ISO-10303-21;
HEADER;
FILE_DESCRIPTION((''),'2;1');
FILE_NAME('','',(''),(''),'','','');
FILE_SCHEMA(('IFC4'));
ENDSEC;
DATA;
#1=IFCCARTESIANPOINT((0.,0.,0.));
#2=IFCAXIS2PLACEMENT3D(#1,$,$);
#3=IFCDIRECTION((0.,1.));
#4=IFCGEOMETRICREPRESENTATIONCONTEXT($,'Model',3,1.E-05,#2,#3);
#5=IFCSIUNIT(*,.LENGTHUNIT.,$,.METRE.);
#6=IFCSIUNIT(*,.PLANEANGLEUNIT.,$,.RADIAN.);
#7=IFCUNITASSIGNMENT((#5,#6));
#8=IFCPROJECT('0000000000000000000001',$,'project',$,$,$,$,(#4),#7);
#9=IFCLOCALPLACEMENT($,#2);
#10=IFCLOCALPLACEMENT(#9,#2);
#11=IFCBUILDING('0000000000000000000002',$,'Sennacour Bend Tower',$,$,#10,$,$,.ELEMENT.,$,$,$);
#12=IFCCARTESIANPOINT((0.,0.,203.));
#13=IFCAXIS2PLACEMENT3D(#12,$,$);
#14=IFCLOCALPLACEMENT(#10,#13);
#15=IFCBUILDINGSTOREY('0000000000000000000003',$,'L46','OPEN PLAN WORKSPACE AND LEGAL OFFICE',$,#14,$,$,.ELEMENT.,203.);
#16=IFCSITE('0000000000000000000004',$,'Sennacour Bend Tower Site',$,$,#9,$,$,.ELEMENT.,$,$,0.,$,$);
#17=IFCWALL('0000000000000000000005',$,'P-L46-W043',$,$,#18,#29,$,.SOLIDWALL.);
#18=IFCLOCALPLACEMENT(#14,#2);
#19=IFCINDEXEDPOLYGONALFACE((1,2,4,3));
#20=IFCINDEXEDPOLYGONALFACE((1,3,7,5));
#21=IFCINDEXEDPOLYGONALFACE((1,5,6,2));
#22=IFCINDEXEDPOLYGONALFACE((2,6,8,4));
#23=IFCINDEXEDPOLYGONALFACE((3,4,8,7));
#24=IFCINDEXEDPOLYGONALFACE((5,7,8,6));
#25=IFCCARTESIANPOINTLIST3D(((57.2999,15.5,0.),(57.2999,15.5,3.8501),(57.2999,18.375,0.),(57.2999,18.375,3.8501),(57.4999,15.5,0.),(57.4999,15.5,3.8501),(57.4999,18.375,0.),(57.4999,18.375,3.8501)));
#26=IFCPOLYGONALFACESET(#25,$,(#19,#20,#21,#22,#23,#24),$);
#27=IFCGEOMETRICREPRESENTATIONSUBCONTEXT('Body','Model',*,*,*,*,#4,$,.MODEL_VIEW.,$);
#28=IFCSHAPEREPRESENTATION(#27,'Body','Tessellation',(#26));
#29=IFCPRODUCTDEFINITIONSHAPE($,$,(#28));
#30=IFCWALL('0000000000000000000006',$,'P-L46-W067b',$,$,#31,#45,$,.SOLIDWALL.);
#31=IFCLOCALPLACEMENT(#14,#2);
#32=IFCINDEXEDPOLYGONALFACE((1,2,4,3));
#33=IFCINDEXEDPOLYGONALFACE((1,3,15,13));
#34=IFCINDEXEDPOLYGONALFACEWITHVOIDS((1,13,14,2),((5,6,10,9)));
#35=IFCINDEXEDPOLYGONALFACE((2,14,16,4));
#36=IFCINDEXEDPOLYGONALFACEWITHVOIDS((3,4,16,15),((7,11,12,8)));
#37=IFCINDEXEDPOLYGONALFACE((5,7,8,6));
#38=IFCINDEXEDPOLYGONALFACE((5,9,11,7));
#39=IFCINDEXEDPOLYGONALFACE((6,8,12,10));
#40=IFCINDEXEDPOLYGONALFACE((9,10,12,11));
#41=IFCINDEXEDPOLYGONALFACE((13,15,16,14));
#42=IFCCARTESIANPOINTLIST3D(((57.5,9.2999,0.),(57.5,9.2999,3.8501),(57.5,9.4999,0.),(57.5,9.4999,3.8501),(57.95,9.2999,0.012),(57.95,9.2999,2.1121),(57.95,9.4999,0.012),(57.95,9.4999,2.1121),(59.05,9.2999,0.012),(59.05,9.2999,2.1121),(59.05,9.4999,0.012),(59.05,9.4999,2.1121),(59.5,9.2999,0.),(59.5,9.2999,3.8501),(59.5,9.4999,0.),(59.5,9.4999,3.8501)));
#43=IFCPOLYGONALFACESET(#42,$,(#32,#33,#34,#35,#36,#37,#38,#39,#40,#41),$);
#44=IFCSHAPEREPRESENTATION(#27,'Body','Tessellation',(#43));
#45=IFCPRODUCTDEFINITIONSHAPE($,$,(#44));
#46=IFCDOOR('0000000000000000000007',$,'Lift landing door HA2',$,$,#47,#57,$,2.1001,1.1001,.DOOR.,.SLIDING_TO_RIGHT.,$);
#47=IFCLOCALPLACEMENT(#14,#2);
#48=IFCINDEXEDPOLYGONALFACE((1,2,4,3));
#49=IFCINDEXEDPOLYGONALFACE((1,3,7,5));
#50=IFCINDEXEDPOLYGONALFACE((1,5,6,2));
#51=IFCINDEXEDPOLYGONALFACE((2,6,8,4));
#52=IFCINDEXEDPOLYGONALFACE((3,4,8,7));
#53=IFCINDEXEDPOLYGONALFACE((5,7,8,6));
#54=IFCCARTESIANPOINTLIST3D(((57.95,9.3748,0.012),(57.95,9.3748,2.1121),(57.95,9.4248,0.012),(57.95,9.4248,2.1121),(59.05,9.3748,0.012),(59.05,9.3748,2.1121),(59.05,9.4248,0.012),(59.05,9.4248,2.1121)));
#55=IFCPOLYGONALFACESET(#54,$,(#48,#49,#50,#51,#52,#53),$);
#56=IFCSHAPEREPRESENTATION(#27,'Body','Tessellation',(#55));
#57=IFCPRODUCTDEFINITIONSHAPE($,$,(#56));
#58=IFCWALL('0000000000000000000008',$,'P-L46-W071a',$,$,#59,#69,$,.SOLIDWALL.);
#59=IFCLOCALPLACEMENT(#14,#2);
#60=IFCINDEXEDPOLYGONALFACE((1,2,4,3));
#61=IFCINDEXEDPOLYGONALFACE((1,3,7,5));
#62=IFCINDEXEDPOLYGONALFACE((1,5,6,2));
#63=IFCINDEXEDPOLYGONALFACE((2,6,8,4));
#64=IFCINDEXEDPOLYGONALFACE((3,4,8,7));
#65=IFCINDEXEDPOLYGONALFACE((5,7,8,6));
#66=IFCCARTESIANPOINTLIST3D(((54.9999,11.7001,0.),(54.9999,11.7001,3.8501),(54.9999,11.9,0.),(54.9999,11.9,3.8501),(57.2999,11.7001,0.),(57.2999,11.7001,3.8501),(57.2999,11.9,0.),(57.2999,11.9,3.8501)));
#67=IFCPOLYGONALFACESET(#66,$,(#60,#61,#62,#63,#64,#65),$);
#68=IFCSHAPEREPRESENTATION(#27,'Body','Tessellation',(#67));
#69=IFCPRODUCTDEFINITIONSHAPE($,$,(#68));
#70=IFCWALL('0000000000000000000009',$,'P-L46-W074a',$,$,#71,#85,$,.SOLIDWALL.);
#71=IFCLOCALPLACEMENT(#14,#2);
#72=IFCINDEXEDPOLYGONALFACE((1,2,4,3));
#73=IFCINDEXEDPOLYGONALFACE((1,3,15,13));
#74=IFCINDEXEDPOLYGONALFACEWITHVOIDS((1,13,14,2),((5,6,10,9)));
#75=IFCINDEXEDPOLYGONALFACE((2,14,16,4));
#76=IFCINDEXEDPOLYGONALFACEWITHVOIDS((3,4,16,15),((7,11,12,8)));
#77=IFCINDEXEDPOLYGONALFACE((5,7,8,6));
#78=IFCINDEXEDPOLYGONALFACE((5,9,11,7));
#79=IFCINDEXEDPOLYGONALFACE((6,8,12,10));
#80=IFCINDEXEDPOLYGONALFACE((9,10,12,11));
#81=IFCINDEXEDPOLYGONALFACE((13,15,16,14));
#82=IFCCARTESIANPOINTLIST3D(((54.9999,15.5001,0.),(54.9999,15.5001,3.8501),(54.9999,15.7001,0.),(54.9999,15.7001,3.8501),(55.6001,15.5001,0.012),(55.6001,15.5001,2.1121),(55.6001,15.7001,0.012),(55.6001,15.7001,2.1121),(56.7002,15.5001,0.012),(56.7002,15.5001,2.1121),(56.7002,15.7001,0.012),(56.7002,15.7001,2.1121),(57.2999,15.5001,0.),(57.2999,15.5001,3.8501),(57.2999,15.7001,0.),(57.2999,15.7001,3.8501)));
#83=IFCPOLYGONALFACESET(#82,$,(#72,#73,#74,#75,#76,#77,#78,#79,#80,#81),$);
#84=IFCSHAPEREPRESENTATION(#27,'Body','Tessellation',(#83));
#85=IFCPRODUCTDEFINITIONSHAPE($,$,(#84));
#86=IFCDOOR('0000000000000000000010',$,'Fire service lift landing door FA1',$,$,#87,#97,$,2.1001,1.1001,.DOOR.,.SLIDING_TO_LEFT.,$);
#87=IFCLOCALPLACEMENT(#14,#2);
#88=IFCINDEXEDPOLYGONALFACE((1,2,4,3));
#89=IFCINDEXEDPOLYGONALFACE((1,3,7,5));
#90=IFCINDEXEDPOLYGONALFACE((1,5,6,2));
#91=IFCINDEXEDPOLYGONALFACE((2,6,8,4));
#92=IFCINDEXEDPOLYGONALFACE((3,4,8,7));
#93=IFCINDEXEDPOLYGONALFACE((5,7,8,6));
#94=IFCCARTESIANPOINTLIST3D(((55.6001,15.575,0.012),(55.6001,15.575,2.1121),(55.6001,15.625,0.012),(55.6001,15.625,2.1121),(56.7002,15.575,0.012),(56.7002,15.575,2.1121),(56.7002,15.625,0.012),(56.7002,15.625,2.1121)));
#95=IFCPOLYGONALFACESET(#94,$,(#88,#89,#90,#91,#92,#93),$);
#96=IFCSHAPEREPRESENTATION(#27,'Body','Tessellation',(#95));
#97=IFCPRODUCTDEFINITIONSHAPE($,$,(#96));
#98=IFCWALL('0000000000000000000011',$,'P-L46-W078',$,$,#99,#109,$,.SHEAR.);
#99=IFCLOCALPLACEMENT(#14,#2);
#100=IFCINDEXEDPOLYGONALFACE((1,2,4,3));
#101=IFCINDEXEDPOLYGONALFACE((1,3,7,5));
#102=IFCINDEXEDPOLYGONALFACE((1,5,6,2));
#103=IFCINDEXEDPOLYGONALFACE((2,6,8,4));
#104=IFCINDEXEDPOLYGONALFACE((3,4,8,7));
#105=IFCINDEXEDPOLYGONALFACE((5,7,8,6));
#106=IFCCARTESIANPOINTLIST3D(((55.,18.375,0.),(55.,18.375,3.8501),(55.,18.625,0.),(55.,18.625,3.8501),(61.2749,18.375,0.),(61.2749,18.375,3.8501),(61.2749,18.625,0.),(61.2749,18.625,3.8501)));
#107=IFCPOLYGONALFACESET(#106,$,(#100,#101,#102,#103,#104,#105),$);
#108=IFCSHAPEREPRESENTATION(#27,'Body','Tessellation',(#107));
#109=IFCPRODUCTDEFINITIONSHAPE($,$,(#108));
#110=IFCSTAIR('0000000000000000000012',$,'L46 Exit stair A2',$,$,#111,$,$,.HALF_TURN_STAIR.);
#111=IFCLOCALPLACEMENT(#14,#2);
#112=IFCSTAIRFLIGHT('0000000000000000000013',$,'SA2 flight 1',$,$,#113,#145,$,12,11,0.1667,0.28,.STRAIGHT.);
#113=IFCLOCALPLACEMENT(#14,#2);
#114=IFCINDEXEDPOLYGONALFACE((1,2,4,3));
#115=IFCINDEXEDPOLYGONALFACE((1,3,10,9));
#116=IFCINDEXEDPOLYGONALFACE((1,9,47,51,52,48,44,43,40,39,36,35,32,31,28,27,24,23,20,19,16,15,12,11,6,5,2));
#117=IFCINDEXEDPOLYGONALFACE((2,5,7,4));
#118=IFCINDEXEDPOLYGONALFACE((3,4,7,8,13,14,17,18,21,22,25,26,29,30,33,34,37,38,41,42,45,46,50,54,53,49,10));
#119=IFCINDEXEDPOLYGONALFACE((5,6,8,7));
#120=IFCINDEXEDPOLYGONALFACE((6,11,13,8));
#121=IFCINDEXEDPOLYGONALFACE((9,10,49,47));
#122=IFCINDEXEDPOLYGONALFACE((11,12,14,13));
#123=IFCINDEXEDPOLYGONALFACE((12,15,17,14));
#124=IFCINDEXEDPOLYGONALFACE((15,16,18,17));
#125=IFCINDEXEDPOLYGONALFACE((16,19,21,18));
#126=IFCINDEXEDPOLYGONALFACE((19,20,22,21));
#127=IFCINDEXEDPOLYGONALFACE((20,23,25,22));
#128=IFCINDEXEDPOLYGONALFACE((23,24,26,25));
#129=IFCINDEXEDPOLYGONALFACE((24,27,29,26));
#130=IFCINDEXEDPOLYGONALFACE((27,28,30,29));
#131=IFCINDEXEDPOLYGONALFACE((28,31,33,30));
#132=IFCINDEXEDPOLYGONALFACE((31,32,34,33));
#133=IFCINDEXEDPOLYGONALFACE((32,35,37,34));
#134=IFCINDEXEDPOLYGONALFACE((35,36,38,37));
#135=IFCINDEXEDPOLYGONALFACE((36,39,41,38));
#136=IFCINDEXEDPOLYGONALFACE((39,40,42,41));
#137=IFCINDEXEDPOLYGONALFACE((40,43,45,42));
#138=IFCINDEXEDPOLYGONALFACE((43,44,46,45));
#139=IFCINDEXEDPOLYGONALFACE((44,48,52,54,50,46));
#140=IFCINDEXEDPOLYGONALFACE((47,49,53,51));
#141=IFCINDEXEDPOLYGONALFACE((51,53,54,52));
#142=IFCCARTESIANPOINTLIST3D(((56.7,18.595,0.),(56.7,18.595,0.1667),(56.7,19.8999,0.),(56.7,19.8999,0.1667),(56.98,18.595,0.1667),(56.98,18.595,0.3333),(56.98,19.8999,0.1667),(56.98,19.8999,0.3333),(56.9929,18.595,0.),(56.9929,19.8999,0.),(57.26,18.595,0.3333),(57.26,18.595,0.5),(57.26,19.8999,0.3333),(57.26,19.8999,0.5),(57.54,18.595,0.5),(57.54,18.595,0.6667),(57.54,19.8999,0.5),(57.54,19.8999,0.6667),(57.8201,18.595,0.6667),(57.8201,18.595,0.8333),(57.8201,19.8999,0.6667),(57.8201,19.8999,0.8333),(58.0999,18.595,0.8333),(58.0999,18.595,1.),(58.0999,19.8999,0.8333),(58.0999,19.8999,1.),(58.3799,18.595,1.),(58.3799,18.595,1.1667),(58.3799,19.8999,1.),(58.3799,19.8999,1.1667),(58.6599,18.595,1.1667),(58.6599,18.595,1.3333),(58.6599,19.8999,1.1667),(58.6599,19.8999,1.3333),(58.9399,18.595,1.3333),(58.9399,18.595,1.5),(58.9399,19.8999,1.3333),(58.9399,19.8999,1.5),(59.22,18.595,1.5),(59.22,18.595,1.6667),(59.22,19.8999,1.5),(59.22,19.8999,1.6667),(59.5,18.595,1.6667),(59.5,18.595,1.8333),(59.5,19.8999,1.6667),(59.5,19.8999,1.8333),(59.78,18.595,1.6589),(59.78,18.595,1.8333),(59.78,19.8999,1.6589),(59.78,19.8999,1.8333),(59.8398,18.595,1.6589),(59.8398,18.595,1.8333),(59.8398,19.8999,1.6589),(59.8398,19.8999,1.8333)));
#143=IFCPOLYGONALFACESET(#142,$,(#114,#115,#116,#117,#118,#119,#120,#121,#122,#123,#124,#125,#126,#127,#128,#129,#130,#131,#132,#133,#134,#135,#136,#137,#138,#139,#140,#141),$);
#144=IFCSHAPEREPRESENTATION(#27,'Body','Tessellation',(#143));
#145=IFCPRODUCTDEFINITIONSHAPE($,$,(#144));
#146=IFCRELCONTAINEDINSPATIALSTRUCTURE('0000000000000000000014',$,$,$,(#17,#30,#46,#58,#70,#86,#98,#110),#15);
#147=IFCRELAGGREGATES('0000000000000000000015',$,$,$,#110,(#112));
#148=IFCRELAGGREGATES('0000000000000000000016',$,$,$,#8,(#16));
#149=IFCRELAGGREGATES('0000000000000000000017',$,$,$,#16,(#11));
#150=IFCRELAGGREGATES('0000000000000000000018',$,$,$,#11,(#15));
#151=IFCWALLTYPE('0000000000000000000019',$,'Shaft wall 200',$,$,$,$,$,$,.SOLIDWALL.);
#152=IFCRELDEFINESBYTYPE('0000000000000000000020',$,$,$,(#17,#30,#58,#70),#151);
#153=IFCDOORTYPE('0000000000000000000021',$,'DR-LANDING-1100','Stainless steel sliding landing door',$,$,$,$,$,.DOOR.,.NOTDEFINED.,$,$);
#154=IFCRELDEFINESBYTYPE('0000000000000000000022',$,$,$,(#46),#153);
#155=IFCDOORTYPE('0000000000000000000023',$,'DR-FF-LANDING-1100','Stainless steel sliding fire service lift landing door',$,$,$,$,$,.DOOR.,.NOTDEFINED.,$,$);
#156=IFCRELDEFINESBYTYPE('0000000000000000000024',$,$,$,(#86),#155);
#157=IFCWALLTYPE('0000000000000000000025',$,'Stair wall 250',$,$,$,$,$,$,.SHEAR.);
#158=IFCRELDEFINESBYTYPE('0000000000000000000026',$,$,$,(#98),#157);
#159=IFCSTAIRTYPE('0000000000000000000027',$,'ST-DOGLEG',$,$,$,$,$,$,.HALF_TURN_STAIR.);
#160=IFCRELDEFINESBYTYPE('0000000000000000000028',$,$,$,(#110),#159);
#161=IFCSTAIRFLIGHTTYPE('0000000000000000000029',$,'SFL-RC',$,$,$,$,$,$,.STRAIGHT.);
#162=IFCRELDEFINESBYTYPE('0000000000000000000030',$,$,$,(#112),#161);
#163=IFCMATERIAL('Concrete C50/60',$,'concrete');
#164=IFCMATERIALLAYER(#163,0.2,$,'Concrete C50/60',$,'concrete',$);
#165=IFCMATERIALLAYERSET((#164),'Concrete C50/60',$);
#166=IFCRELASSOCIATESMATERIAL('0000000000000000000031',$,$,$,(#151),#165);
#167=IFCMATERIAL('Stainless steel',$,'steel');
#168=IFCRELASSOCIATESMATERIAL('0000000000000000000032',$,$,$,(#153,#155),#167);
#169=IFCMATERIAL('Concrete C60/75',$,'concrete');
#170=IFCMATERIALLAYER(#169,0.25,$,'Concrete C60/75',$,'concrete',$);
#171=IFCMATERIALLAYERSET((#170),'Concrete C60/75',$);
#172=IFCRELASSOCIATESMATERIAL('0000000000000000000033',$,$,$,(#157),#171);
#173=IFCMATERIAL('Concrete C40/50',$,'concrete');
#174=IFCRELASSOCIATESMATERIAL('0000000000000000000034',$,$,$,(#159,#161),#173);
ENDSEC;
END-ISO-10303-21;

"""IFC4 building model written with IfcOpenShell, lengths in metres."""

from ifc_helpers import new_model, si_unit, direction, frame, frame_2d, origin, place, context, subcontext, project, spatial, polyline, rectangle, outline, extrude, material, layer, layer_set, type_object, element, fill, aggregate, save


model = new_model("IFC4")

# Units and contexts
model_context = context("Model", 3, precision=1e-05, world=origin(), true_north=direction((0.0, 1.0)))
body_context = subcontext(model_context, "Body", "Model", "MODEL_VIEW")
ifc_project = project(units=[si_unit("LENGTHUNIT", "METRE"), si_unit("PLANEANGLEUNIT", "RADIAN")], contexts=[model_context])

# Site, building, storey
site_placement = place(None, origin())
site = spatial("IfcSite", under=ifc_project, at=site_placement, Name="Sennacour Bend Tower Site", CompositionType="ELEMENT", RefElevation=0.0)
building_placement = place(site_placement, origin())
building = spatial("IfcBuilding", under=site, at=building_placement, Name="Sennacour Bend Tower", CompositionType="ELEMENT")
storey_placement = place(building_placement, frame((0.0, 0.0, 203.0)))
storey = spatial("IfcBuildingStorey", under=building, at=storey_placement, Name="L46", Description="OPEN PLAN WORKSPACE AND LEGAL OFFICE", CompositionType="ELEMENT", Elevation=203.0)

# Shared definitions
ifc_material_1 = material(Name="Concrete C60/75", Category="concrete")

# Wall
ifc_material_2 = material(Name="Concrete C50/60", Category="concrete")
ifc_layer_1 = layer(ifc_material_2, 0.2, Name="Concrete C50/60", Category="concrete")
ifc_layer_set_1 = layer_set([ifc_layer_1], Name="Concrete C50/60")
wall_type_1 = type_object("IfcWallType", Name="Shaft wall 200", PredefinedType="SOLIDWALL", material=ifc_layer_set_1)
wall_1_placement = place(storey_placement, frame((57.3999, 15.5, 0.0), z_axis=(0.0, 0.0, 1.0), x_axis=(0.0, 1.0, 0.0)))
element("IfcWall", 1, at=wall_1_placement, inside=storey, type_object=wall_type_1, Name="P-L46-W043", PredefinedType="SOLIDWALL", context=body_context, shape_type="SweptSolid", body=[
    extrude(rectangle(XDim=2.875, YDim=0.2, at=frame_2d((1.4375, 0.0))), origin(), (0.0, 0.0, 1.0), 3.8501),
])

# Wall, opening, door
wall_2_placement = place(storey_placement, frame((57.5, 9.3999, 0.0), z_axis=(0.0, 0.0, 1.0), x_axis=(1.0, 0.0, 0.0)))
wall_2 = element("IfcWall", 2, at=wall_2_placement, inside=storey, type_object=wall_type_1, Name="P-L46-W067b", PredefinedType="SOLIDWALL", context=body_context, shape_type="SweptSolid", body=[
    extrude(rectangle(XDim=2.0, YDim=0.2, at=frame_2d((1.0, 0.0))), origin(), (0.0, 0.0, 1.0), 3.8501),
])
opening_1_placement = place(wall_2_placement, frame((0.45, 0.0, 0.012)))
opening_1 = element("IfcOpeningElement", 3, at=opening_1_placement, cuts=wall_2, PredefinedType="OPENING", context=body_context, shape_type="SweptSolid", body=[
    extrude(rectangle(XDim=1.1001, YDim=2.1001, at=frame_2d((0.55, 1.05))), frame((0.0, 0.1099, 0.0), z_axis=(0.0, -1.0, 0.0), x_axis=(1.0, 0.0, 0.0)), (0.0, 0.0, 1.0), 0.22),
])
ifc_material_3 = material(Name="Stainless steel", Category="steel")
door_type_1 = type_object("IfcDoorType", Name="DR-LANDING-1100", Description="Stainless steel sliding landing door", OperationType="NOTDEFINED", PredefinedType="DOOR", material=ifc_material_3)
door_1_placement = place(opening_1_placement, origin())
door_1 = element("IfcDoor", 4, at=door_1_placement, inside=storey, type_object=door_type_1, Name="Lift landing door HA2", OperationType="SLIDING_TO_RIGHT", OverallHeight=2.1001, OverallWidth=1.1001, PredefinedType="DOOR", context=body_context, shape_type="SweptSolid", body=[
    extrude(rectangle(XDim=1.1001, YDim=2.1001, at=frame_2d((0.55, 1.05))), frame((0.0, 0.0249, 0.0), z_axis=(0.0, -1.0, 0.0), x_axis=(1.0, 0.0, 0.0)), (0.0, 0.0, 1.0), 0.05),
])
fill(opening_1, door_1)

# Wall
wall_3_placement = place(storey_placement, frame((55.0, 11.8, 0.0), z_axis=(0.0, 0.0, 1.0), x_axis=(1.0, 0.0, 0.0)))
element("IfcWall", 5, at=wall_3_placement, inside=storey, type_object=wall_type_1, Name="P-L46-W071a", PredefinedType="SOLIDWALL", context=body_context, shape_type="SweptSolid", body=[
    extrude(rectangle(XDim=2.3, YDim=0.2, at=frame_2d((1.1499, 0.0))), origin(), (0.0, 0.0, 1.0), 3.8501),
])

# Wall, opening, door
wall_4_placement = place(storey_placement, frame((55.0, 15.6001, 0.0), z_axis=(0.0, 0.0, 1.0), x_axis=(1.0, 0.0, 0.0)))
wall_4 = element("IfcWall", 6, at=wall_4_placement, inside=storey, type_object=wall_type_1, Name="P-L46-W074a", PredefinedType="SOLIDWALL", context=body_context, shape_type="SweptSolid", body=[
    extrude(rectangle(XDim=2.3, YDim=0.2, at=frame_2d((1.1499, 0.0))), origin(), (0.0, 0.0, 1.0), 3.8501),
])
opening_2_placement = place(wall_4_placement, frame((0.6001, 0.0, 0.012)))
opening_2 = element("IfcOpeningElement", 7, at=opening_2_placement, cuts=wall_4, PredefinedType="OPENING", context=body_context, shape_type="SweptSolid", body=[
    extrude(rectangle(XDim=1.1001, YDim=2.1001, at=frame_2d((0.55, 1.05))), frame((0.0, 0.1099, 0.0), z_axis=(0.0, -1.0, 0.0), x_axis=(1.0, 0.0, 0.0)), (0.0, 0.0, 1.0), 0.22),
])
door_type_2 = type_object("IfcDoorType", Name="DR-FF-LANDING-1100", Description="Stainless steel sliding fire service lift landing door", OperationType="NOTDEFINED", PredefinedType="DOOR", material=ifc_material_3)
door_2_placement = place(opening_2_placement, origin())
door_2 = element("IfcDoor", 8, at=door_2_placement, inside=storey, type_object=door_type_2, Name="Fire service lift landing door FA1", OperationType="SLIDING_TO_LEFT", OverallHeight=2.1001, OverallWidth=1.1001, PredefinedType="DOOR", context=body_context, shape_type="SweptSolid", body=[
    extrude(rectangle(XDim=1.1001, YDim=2.1001, at=frame_2d((0.55, 1.05))), frame((0.0, 0.0249, 0.0), z_axis=(0.0, -1.0, 0.0), x_axis=(1.0, 0.0, 0.0)), (0.0, 0.0, 1.0), 0.05),
])
fill(opening_2, door_2)

# Wall
ifc_layer_2 = layer(ifc_material_1, 0.25, Name="Concrete C60/75", Category="concrete")
ifc_layer_set_2 = layer_set([ifc_layer_2], Name="Concrete C60/75")
wall_type_2 = type_object("IfcWallType", Name="Stair wall 250", PredefinedType="SHEAR", material=ifc_layer_set_2)
wall_5_placement = place(storey_placement, frame((55.0, 18.5, 0.0), z_axis=(0.0, 0.0, 1.0), x_axis=(1.0, 0.0, 0.0)))
element("IfcWall", 9, at=wall_5_placement, inside=storey, type_object=wall_type_2, Name="P-L46-W078", PredefinedType="SHEAR", context=body_context, shape_type="SweptSolid", body=[
    extrude(rectangle(XDim=6.2749, YDim=0.25, at=frame_2d((3.1375, 0.0))), origin(), (0.0, 0.0, 1.0), 3.8501),
])

# Stair, stair flight
ifc_material_4 = material(Name="Concrete C40/50", Category="concrete")
stair_type = type_object("IfcStairType", Name="ST-DOGLEG", PredefinedType="HALF_TURN_STAIR", material=ifc_material_4)
stair_placement = place(storey_placement, origin())
stair = element("IfcStair", 10, at=stair_placement, inside=storey, type_object=stair_type, Name="L46 Exit stair A2", PredefinedType="HALF_TURN_STAIR")
stair_flight_type = type_object("IfcStairFlightType", Name="SFL-RC", PredefinedType="STRAIGHT", material=ifc_material_4)
stair_flight_placement = place(storey_placement, frame((56.7, 19.2476, 0.0), z_axis=(0.0, 0.0, 1.0), x_axis=(1.0, 0.0, 0.0)))
stair_flight = element("IfcStairFlight", 11, at=stair_flight_placement, type_object=stair_flight_type, Name="SA2 flight 1", NumberOfRisers=12, NumberOfTreads=11, PredefinedType="STRAIGHT", RiserHeight=0.1667, TreadLength=0.28, context=body_context, shape_type="SweptSolid", body=[
    extrude(outline(polyline([(0.0, 0.0), (0.0, 0.1667), (0.28, 0.1667), (0.28, 0.3333), (0.5601, 0.3333), (0.5601, 0.5), (0.8401, 0.5), (0.8401, 0.6667), (1.1201, 0.6667), (1.1201, 0.8333), (1.3999, 0.8333), (1.3999, 1.0), (1.6799, 1.0), (1.6799, 1.1667), (1.96, 1.1667), (1.96, 1.3333), (2.24, 1.3333), (2.24, 1.5), (2.52, 1.5), (2.52, 1.6667), (2.8, 1.6667), (2.8, 1.8333), (3.0801, 1.8333), (3.1399, 1.8333), (3.1399, 1.6589), (3.0801, 1.6589), (0.293, 0.0), (0.0, 0.0)])), frame((0.0, 0.6523, 0.0), z_axis=(0.0, -1.0, 0.0), x_axis=(1.0, 0.0, 0.0)), (0.0, 0.0, 1.0), 1.3049),
])
aggregate(stair, [stair_flight])

save(model, "model.ifc")
